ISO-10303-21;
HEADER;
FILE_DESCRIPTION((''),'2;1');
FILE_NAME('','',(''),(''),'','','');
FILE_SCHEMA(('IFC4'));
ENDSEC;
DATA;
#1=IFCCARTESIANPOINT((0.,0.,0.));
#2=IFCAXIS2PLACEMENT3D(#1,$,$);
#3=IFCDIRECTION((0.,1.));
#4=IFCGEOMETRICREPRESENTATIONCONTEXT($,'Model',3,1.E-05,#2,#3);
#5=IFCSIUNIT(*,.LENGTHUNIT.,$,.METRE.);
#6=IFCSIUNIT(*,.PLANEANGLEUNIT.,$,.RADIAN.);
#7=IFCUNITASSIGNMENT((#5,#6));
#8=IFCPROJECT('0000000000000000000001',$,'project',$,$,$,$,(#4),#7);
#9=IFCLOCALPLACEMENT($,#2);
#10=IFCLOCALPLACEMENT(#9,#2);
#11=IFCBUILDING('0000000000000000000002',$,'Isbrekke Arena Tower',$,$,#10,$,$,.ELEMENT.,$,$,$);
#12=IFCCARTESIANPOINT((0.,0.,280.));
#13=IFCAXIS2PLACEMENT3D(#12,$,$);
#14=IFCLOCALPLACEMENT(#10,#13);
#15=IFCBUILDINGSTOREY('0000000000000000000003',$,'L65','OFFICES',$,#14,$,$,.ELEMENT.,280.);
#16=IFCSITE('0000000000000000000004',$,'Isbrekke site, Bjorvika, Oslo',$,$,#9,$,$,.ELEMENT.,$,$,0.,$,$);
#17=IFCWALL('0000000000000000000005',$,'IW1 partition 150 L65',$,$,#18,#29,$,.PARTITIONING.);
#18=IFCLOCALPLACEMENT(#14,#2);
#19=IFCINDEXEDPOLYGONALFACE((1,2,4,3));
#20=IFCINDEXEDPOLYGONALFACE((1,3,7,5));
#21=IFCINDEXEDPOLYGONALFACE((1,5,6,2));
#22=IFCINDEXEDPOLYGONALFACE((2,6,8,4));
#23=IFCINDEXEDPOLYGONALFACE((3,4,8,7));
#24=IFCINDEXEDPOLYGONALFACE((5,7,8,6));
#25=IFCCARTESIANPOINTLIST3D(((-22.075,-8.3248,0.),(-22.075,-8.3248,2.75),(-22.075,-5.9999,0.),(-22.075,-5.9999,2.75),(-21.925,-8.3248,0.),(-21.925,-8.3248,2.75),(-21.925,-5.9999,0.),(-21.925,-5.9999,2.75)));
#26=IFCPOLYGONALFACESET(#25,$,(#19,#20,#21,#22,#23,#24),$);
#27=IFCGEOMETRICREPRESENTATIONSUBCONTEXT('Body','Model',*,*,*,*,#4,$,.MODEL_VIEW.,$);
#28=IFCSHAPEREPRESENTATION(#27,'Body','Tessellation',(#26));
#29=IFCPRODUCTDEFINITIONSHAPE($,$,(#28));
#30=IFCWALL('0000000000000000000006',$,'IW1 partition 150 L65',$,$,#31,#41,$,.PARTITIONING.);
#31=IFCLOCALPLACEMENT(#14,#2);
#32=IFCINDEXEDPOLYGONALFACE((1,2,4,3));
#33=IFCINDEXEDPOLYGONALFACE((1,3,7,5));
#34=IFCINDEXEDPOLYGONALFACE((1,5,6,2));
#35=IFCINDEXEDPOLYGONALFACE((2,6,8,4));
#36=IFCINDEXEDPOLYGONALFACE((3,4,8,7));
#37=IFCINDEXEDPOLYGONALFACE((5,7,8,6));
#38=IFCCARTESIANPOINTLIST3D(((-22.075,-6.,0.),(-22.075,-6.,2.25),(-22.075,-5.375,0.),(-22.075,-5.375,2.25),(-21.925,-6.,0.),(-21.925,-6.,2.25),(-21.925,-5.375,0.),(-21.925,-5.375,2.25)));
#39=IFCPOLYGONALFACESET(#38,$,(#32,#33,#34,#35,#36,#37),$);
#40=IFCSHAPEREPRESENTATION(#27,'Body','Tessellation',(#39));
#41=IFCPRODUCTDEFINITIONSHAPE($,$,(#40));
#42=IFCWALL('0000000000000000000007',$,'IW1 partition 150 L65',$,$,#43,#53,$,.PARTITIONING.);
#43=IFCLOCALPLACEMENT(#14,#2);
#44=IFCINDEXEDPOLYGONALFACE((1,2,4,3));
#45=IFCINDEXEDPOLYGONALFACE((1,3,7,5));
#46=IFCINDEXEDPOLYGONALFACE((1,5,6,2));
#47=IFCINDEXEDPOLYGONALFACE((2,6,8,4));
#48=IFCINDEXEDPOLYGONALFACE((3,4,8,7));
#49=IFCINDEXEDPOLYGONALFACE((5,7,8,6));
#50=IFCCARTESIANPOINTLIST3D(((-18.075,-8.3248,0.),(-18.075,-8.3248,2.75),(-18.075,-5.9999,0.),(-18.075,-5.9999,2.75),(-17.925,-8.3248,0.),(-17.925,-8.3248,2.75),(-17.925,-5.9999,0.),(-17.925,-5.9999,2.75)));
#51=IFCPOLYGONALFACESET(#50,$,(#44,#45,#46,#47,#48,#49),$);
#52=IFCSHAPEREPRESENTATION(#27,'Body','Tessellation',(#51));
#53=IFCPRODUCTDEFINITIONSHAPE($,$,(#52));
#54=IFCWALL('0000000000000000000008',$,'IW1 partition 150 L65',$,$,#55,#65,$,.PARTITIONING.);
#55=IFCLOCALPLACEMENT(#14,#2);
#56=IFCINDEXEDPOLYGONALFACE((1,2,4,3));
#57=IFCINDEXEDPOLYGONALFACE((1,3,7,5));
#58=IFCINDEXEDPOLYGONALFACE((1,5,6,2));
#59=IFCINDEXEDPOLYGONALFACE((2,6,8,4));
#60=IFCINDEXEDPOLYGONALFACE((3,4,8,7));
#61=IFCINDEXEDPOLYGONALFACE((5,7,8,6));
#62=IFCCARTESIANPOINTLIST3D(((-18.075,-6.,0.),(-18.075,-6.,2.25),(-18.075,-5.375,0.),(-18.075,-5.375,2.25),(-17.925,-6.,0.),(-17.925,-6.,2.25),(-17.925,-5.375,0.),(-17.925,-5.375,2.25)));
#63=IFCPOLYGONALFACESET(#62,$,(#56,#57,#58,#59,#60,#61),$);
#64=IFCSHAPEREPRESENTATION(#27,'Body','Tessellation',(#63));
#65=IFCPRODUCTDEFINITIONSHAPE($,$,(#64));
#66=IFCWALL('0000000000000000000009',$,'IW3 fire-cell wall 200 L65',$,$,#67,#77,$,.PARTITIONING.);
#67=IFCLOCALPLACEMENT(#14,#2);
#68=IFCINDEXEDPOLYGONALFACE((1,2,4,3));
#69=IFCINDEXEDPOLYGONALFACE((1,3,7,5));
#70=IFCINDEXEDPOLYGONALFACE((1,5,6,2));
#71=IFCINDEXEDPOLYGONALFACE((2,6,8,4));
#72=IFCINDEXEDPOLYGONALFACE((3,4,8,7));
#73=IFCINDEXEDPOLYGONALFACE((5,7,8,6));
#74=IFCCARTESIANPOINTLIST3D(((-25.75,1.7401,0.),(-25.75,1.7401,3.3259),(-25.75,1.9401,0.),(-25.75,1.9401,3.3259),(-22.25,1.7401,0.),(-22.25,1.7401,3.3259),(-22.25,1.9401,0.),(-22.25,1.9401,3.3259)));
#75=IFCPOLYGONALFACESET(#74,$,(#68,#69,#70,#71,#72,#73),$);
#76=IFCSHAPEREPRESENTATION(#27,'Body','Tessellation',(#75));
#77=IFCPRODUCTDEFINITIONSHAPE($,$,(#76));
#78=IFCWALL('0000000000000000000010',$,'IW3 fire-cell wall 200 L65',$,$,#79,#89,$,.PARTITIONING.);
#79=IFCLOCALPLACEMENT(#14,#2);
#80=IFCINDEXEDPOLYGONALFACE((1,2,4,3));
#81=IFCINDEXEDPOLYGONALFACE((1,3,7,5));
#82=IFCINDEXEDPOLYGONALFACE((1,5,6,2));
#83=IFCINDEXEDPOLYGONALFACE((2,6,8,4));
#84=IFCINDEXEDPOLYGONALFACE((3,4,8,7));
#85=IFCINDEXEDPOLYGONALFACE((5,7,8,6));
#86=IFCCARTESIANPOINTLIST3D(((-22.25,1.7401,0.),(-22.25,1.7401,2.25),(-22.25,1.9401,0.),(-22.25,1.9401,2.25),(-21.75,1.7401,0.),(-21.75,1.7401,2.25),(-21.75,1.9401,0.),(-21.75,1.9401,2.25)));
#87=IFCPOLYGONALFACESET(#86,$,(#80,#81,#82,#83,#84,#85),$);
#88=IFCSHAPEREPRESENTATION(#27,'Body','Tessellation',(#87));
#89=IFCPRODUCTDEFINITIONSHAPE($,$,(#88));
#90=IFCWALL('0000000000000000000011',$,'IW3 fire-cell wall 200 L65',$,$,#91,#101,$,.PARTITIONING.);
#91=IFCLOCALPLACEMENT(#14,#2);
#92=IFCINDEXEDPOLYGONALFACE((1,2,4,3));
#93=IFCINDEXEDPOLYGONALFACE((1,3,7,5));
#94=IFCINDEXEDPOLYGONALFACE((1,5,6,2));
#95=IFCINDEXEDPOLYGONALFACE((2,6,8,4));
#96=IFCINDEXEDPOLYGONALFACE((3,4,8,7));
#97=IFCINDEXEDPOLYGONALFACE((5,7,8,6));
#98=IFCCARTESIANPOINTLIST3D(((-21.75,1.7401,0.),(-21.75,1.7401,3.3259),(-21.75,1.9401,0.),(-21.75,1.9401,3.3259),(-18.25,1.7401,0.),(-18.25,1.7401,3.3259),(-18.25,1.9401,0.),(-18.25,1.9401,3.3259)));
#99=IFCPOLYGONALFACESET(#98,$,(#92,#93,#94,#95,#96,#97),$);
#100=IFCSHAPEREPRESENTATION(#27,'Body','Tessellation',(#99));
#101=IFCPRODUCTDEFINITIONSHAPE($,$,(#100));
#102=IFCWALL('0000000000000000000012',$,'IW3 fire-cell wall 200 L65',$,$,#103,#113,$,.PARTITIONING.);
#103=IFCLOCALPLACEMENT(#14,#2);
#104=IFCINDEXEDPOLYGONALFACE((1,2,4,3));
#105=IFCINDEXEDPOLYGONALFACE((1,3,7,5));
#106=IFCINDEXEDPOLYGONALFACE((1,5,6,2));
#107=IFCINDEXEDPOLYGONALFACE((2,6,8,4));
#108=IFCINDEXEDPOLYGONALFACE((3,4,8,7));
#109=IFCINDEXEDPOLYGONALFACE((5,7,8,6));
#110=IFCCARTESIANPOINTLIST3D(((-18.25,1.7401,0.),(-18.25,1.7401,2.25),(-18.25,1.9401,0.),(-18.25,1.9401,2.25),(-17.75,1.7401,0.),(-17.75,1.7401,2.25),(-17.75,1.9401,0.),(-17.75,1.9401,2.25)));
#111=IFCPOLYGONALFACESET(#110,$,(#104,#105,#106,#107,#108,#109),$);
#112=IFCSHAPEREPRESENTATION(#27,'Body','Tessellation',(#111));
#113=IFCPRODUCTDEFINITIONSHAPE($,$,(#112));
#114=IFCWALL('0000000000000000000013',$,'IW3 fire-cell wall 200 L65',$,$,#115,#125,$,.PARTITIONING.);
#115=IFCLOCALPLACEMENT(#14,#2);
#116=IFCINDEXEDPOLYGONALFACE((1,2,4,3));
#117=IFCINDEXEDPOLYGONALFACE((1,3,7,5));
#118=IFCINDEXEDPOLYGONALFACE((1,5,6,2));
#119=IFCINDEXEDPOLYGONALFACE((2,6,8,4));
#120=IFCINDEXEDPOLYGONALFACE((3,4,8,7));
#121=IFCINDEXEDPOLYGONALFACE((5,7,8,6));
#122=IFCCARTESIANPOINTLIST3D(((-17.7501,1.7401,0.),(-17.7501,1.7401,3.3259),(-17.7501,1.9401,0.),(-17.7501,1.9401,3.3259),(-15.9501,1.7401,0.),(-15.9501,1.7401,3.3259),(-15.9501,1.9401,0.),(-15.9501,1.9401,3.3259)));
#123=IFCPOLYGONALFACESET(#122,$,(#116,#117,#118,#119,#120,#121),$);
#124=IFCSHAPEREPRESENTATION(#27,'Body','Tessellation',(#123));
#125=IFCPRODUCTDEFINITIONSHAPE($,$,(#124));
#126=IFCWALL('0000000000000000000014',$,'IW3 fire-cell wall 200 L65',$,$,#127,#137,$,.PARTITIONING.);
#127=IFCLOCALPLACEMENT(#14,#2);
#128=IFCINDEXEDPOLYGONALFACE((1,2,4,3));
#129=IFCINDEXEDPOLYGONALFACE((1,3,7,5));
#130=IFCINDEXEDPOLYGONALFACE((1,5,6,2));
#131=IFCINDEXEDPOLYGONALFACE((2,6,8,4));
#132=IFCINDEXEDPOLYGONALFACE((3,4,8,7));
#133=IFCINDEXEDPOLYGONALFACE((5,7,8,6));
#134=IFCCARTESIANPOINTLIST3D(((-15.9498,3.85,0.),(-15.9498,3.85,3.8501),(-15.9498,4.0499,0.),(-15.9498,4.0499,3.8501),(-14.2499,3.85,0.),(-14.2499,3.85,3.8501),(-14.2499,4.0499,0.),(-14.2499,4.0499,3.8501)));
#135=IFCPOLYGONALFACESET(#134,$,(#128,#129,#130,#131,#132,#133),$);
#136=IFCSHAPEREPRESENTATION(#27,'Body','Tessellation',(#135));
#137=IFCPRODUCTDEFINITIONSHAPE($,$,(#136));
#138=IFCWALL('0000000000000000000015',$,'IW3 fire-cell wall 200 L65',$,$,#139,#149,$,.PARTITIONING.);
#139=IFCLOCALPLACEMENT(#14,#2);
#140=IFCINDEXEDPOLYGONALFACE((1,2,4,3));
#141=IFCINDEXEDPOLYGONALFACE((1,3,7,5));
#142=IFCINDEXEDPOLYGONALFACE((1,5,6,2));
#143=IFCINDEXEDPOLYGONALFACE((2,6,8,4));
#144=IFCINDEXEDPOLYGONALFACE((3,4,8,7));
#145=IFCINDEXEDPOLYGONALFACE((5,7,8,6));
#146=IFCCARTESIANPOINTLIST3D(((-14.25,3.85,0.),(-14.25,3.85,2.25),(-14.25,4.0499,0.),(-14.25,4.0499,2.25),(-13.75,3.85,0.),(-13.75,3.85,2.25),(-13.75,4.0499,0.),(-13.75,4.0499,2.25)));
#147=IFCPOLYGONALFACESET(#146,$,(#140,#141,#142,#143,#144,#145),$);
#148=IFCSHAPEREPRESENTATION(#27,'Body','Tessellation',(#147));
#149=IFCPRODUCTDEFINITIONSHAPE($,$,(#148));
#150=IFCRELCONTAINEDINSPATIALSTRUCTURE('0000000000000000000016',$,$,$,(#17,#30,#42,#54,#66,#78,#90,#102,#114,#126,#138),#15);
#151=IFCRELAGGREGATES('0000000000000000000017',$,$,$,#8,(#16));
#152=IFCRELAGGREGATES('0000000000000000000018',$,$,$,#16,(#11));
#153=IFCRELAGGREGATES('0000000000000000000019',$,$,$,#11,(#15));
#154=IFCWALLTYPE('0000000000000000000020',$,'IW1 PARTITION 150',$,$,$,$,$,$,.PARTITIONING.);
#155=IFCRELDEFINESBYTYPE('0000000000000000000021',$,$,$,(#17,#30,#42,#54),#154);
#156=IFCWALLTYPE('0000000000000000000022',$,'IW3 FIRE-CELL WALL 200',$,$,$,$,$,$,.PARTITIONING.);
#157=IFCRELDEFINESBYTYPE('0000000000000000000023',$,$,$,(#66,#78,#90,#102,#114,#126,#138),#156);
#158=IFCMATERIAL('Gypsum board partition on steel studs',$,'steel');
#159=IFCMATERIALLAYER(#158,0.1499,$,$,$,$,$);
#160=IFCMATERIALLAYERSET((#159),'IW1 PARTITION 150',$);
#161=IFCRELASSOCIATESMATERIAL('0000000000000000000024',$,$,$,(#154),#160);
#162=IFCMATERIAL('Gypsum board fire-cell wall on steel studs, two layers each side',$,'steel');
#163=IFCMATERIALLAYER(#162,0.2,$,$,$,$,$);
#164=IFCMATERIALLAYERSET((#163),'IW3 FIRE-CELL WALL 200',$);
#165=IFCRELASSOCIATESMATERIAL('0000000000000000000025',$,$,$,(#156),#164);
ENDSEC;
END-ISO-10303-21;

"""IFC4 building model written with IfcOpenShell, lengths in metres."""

from ifc_helpers import new_model, si_unit, direction, frame, frame_2d, origin, place, context, subcontext, project, spatial, rectangle, extrude, material, layer, layer_set, type_object, element, save


model = new_model("IFC4")

# Units and contexts
model_context = context("Model", 3, precision=1e-05, world=origin(), true_north=direction((0.0, 1.0)))
body_context = subcontext(model_context, "Body", "Model", "MODEL_VIEW")
ifc_project = project(units=[si_unit("LENGTHUNIT", "METRE"), si_unit("PLANEANGLEUNIT", "RADIAN")], contexts=[model_context])

# Site, building, storey
site_placement = place(None, origin())
site = spatial("IfcSite", under=ifc_project, at=site_placement, Name="Isbrekke site, Bjorvika, Oslo", CompositionType="ELEMENT", RefElevation=0.0)
building_placement = place(site_placement, origin())
building = spatial("IfcBuilding", under=site, at=building_placement, Name="Isbrekke Arena Tower", CompositionType="ELEMENT")
storey_placement = place(building_placement, frame((0.0, 0.0, 280.0)))
storey = spatial("IfcBuildingStorey", under=building, at=storey_placement, Name="L65", Description="OFFICES", CompositionType="ELEMENT", Elevation=280.0)

# Shared definitions
ifc_material_1 = material(Name="Gypsum board partition on steel studs", Category="steel")
ifc_layer_1 = layer(ifc_material_1, 0.1499)
ifc_layer_set_1 = layer_set([ifc_layer_1], Name="IW1 PARTITION 150")
wall_type_1 = type_object("IfcWallType", Name="IW1 PARTITION 150", PredefinedType="PARTITIONING", material=ifc_layer_set_1)

# Walls
wall_1_placement = place(storey_placement, frame((-22.0, -8.325, 0.0), z_axis=(0.0, 0.0, 1.0), x_axis=(0.0, 1.0, 0.0)))
element("IfcWall", 1, at=wall_1_placement, inside=storey, type_object=wall_type_1, Name="IW1 partition 150 L65", PredefinedType="PARTITIONING", context=body_context, shape_type="SweptSolid", body=[
    extrude(rectangle(XDim=2.325, YDim=0.1499, at=frame_2d((1.1626, 0.0))), origin(), (0.0, 0.0, 1.0), 2.75),
])
wall_2_placement = place(storey_placement, frame((-22.0, -6.0, 0.0), z_axis=(0.0, 0.0, 1.0), x_axis=(0.0, 1.0, 0.0)))
element("IfcWall", 2, at=wall_2_placement, inside=storey, type_object=wall_type_1, Name="IW1 partition 150 L65", PredefinedType="PARTITIONING", context=body_context, shape_type="SweptSolid", body=[
    extrude(rectangle(XDim=0.625, YDim=0.1499, at=frame_2d((0.3125, 0.0))), origin(), (0.0, 0.0, 1.0), 2.25),
])
wall_3_placement = place(storey_placement, frame((-18.0, -8.325, 0.0), z_axis=(0.0, 0.0, 1.0), x_axis=(0.0, 1.0, 0.0)))
element("IfcWall", 3, at=wall_3_placement, inside=storey, type_object=wall_type_1, Name="IW1 partition 150 L65", PredefinedType="PARTITIONING", context=body_context, shape_type="SweptSolid", body=[
    extrude(rectangle(XDim=2.325, YDim=0.1499, at=frame_2d((1.1626, 0.0))), origin(), (0.0, 0.0, 1.0), 2.75),
])
wall_4_placement = place(storey_placement, frame((-18.0, -6.0, 0.0), z_axis=(0.0, 0.0, 1.0), x_axis=(0.0, 1.0, 0.0)))
element("IfcWall", 4, at=wall_4_placement, inside=storey, type_object=wall_type_1, Name="IW1 partition 150 L65", PredefinedType="PARTITIONING", context=body_context, shape_type="SweptSolid", body=[
    extrude(rectangle(XDim=0.625, YDim=0.1499, at=frame_2d((0.3125, 0.0))), origin(), (0.0, 0.0, 1.0), 2.25),
])
ifc_material_2 = material(Name="Gypsum board fire-cell wall on steel studs, two layers each side", Category="steel")
ifc_layer_2 = layer(ifc_material_2, 0.2)
ifc_layer_set_2 = layer_set([ifc_layer_2], Name="IW3 FIRE-CELL WALL 200")
wall_type_2 = type_object("IfcWallType", Name="IW3 FIRE-CELL WALL 200", PredefinedType="PARTITIONING", material=ifc_layer_set_2)
wall_5_placement = place(storey_placement, frame((-25.75, 1.8401, 0.0), z_axis=(0.0, 0.0, 1.0), x_axis=(1.0, 0.0, 0.0)))
element("IfcWall", 5, at=wall_5_placement, inside=storey, type_object=wall_type_2, Name="IW3 fire-cell wall 200 L65", PredefinedType="PARTITIONING", context=body_context, shape_type="SweptSolid", body=[
    extrude(rectangle(XDim=3.5, YDim=0.2, at=frame_2d((1.75, 0.0))), origin(), (0.0, 0.0, 1.0), 3.3259),
])
wall_6_placement = place(storey_placement, frame((-22.25, 1.8401, 0.0), z_axis=(0.0, 0.0, 1.0), x_axis=(1.0, 0.0, 0.0)))
element("IfcWall", 6, at=wall_6_placement, inside=storey, type_object=wall_type_2, Name="IW3 fire-cell wall 200 L65", PredefinedType="PARTITIONING", context=body_context, shape_type="SweptSolid", body=[
    extrude(rectangle(XDim=0.5, YDim=0.2, at=frame_2d((0.25, 0.0))), origin(), (0.0, 0.0, 1.0), 2.25),
])
wall_7_placement = place(storey_placement, frame((-21.75, 1.8401, 0.0), z_axis=(0.0, 0.0, 1.0), x_axis=(1.0, 0.0, 0.0)))
element("IfcWall", 7, at=wall_7_placement, inside=storey, type_object=wall_type_2, Name="IW3 fire-cell wall 200 L65", PredefinedType="PARTITIONING", context=body_context, shape_type="SweptSolid", body=[
    extrude(rectangle(XDim=3.5, YDim=0.2, at=frame_2d((1.75, 0.0))), origin(), (0.0, 0.0, 1.0), 3.3259),
])
wall_8_placement = place(storey_placement, frame((-18.25, 1.8401, 0.0), z_axis=(0.0, 0.0, 1.0), x_axis=(1.0, 0.0, 0.0)))
element("IfcWall", 8, at=wall_8_placement, inside=storey, type_object=wall_type_2, Name="IW3 fire-cell wall 200 L65", PredefinedType="PARTITIONING", context=body_context, shape_type="SweptSolid", body=[
    extrude(rectangle(XDim=0.5, YDim=0.2, at=frame_2d((0.25, 0.0))), origin(), (0.0, 0.0, 1.0), 2.25),
])
wall_9_placement = place(storey_placement, frame((-17.75, 1.8401, 0.0), z_axis=(0.0, 0.0, 1.0), x_axis=(1.0, 0.0, 0.0)))
element("IfcWall", 9, at=wall_9_placement, inside=storey, type_object=wall_type_2, Name="IW3 fire-cell wall 200 L65", PredefinedType="PARTITIONING", context=body_context, shape_type="SweptSolid", body=[
    extrude(rectangle(XDim=1.8, YDim=0.2, at=frame_2d((0.8999, 0.0))), origin(), (0.0, 0.0, 1.0), 3.3259),
])
wall_10_placement = place(storey_placement, frame((-15.95, 3.95, 0.0), z_axis=(0.0, 0.0, 1.0), x_axis=(1.0, 0.0, 0.0)))
element("IfcWall", 10, at=wall_10_placement, inside=storey, type_object=wall_type_2, Name="IW3 fire-cell wall 200 L65", PredefinedType="PARTITIONING", context=body_context, shape_type="SweptSolid", body=[
    extrude(rectangle(XDim=1.7, YDim=0.2, at=frame_2d((0.8501, 0.0))), origin(), (0.0, 0.0, 1.0), 3.8501),
])
wall_11_placement = place(storey_placement, frame((-14.25, 3.95, 0.0), z_axis=(0.0, 0.0, 1.0), x_axis=(1.0, 0.0, 0.0)))
element("IfcWall", 11, at=wall_11_placement, inside=storey, type_object=wall_type_2, Name="IW3 fire-cell wall 200 L65", PredefinedType="PARTITIONING", context=body_context, shape_type="SweptSolid", body=[
    extrude(rectangle(XDim=0.5, YDim=0.2, at=frame_2d((0.25, 0.0))), origin(), (0.0, 0.0, 1.0), 2.25),
])

save(model, "model.ifc")
